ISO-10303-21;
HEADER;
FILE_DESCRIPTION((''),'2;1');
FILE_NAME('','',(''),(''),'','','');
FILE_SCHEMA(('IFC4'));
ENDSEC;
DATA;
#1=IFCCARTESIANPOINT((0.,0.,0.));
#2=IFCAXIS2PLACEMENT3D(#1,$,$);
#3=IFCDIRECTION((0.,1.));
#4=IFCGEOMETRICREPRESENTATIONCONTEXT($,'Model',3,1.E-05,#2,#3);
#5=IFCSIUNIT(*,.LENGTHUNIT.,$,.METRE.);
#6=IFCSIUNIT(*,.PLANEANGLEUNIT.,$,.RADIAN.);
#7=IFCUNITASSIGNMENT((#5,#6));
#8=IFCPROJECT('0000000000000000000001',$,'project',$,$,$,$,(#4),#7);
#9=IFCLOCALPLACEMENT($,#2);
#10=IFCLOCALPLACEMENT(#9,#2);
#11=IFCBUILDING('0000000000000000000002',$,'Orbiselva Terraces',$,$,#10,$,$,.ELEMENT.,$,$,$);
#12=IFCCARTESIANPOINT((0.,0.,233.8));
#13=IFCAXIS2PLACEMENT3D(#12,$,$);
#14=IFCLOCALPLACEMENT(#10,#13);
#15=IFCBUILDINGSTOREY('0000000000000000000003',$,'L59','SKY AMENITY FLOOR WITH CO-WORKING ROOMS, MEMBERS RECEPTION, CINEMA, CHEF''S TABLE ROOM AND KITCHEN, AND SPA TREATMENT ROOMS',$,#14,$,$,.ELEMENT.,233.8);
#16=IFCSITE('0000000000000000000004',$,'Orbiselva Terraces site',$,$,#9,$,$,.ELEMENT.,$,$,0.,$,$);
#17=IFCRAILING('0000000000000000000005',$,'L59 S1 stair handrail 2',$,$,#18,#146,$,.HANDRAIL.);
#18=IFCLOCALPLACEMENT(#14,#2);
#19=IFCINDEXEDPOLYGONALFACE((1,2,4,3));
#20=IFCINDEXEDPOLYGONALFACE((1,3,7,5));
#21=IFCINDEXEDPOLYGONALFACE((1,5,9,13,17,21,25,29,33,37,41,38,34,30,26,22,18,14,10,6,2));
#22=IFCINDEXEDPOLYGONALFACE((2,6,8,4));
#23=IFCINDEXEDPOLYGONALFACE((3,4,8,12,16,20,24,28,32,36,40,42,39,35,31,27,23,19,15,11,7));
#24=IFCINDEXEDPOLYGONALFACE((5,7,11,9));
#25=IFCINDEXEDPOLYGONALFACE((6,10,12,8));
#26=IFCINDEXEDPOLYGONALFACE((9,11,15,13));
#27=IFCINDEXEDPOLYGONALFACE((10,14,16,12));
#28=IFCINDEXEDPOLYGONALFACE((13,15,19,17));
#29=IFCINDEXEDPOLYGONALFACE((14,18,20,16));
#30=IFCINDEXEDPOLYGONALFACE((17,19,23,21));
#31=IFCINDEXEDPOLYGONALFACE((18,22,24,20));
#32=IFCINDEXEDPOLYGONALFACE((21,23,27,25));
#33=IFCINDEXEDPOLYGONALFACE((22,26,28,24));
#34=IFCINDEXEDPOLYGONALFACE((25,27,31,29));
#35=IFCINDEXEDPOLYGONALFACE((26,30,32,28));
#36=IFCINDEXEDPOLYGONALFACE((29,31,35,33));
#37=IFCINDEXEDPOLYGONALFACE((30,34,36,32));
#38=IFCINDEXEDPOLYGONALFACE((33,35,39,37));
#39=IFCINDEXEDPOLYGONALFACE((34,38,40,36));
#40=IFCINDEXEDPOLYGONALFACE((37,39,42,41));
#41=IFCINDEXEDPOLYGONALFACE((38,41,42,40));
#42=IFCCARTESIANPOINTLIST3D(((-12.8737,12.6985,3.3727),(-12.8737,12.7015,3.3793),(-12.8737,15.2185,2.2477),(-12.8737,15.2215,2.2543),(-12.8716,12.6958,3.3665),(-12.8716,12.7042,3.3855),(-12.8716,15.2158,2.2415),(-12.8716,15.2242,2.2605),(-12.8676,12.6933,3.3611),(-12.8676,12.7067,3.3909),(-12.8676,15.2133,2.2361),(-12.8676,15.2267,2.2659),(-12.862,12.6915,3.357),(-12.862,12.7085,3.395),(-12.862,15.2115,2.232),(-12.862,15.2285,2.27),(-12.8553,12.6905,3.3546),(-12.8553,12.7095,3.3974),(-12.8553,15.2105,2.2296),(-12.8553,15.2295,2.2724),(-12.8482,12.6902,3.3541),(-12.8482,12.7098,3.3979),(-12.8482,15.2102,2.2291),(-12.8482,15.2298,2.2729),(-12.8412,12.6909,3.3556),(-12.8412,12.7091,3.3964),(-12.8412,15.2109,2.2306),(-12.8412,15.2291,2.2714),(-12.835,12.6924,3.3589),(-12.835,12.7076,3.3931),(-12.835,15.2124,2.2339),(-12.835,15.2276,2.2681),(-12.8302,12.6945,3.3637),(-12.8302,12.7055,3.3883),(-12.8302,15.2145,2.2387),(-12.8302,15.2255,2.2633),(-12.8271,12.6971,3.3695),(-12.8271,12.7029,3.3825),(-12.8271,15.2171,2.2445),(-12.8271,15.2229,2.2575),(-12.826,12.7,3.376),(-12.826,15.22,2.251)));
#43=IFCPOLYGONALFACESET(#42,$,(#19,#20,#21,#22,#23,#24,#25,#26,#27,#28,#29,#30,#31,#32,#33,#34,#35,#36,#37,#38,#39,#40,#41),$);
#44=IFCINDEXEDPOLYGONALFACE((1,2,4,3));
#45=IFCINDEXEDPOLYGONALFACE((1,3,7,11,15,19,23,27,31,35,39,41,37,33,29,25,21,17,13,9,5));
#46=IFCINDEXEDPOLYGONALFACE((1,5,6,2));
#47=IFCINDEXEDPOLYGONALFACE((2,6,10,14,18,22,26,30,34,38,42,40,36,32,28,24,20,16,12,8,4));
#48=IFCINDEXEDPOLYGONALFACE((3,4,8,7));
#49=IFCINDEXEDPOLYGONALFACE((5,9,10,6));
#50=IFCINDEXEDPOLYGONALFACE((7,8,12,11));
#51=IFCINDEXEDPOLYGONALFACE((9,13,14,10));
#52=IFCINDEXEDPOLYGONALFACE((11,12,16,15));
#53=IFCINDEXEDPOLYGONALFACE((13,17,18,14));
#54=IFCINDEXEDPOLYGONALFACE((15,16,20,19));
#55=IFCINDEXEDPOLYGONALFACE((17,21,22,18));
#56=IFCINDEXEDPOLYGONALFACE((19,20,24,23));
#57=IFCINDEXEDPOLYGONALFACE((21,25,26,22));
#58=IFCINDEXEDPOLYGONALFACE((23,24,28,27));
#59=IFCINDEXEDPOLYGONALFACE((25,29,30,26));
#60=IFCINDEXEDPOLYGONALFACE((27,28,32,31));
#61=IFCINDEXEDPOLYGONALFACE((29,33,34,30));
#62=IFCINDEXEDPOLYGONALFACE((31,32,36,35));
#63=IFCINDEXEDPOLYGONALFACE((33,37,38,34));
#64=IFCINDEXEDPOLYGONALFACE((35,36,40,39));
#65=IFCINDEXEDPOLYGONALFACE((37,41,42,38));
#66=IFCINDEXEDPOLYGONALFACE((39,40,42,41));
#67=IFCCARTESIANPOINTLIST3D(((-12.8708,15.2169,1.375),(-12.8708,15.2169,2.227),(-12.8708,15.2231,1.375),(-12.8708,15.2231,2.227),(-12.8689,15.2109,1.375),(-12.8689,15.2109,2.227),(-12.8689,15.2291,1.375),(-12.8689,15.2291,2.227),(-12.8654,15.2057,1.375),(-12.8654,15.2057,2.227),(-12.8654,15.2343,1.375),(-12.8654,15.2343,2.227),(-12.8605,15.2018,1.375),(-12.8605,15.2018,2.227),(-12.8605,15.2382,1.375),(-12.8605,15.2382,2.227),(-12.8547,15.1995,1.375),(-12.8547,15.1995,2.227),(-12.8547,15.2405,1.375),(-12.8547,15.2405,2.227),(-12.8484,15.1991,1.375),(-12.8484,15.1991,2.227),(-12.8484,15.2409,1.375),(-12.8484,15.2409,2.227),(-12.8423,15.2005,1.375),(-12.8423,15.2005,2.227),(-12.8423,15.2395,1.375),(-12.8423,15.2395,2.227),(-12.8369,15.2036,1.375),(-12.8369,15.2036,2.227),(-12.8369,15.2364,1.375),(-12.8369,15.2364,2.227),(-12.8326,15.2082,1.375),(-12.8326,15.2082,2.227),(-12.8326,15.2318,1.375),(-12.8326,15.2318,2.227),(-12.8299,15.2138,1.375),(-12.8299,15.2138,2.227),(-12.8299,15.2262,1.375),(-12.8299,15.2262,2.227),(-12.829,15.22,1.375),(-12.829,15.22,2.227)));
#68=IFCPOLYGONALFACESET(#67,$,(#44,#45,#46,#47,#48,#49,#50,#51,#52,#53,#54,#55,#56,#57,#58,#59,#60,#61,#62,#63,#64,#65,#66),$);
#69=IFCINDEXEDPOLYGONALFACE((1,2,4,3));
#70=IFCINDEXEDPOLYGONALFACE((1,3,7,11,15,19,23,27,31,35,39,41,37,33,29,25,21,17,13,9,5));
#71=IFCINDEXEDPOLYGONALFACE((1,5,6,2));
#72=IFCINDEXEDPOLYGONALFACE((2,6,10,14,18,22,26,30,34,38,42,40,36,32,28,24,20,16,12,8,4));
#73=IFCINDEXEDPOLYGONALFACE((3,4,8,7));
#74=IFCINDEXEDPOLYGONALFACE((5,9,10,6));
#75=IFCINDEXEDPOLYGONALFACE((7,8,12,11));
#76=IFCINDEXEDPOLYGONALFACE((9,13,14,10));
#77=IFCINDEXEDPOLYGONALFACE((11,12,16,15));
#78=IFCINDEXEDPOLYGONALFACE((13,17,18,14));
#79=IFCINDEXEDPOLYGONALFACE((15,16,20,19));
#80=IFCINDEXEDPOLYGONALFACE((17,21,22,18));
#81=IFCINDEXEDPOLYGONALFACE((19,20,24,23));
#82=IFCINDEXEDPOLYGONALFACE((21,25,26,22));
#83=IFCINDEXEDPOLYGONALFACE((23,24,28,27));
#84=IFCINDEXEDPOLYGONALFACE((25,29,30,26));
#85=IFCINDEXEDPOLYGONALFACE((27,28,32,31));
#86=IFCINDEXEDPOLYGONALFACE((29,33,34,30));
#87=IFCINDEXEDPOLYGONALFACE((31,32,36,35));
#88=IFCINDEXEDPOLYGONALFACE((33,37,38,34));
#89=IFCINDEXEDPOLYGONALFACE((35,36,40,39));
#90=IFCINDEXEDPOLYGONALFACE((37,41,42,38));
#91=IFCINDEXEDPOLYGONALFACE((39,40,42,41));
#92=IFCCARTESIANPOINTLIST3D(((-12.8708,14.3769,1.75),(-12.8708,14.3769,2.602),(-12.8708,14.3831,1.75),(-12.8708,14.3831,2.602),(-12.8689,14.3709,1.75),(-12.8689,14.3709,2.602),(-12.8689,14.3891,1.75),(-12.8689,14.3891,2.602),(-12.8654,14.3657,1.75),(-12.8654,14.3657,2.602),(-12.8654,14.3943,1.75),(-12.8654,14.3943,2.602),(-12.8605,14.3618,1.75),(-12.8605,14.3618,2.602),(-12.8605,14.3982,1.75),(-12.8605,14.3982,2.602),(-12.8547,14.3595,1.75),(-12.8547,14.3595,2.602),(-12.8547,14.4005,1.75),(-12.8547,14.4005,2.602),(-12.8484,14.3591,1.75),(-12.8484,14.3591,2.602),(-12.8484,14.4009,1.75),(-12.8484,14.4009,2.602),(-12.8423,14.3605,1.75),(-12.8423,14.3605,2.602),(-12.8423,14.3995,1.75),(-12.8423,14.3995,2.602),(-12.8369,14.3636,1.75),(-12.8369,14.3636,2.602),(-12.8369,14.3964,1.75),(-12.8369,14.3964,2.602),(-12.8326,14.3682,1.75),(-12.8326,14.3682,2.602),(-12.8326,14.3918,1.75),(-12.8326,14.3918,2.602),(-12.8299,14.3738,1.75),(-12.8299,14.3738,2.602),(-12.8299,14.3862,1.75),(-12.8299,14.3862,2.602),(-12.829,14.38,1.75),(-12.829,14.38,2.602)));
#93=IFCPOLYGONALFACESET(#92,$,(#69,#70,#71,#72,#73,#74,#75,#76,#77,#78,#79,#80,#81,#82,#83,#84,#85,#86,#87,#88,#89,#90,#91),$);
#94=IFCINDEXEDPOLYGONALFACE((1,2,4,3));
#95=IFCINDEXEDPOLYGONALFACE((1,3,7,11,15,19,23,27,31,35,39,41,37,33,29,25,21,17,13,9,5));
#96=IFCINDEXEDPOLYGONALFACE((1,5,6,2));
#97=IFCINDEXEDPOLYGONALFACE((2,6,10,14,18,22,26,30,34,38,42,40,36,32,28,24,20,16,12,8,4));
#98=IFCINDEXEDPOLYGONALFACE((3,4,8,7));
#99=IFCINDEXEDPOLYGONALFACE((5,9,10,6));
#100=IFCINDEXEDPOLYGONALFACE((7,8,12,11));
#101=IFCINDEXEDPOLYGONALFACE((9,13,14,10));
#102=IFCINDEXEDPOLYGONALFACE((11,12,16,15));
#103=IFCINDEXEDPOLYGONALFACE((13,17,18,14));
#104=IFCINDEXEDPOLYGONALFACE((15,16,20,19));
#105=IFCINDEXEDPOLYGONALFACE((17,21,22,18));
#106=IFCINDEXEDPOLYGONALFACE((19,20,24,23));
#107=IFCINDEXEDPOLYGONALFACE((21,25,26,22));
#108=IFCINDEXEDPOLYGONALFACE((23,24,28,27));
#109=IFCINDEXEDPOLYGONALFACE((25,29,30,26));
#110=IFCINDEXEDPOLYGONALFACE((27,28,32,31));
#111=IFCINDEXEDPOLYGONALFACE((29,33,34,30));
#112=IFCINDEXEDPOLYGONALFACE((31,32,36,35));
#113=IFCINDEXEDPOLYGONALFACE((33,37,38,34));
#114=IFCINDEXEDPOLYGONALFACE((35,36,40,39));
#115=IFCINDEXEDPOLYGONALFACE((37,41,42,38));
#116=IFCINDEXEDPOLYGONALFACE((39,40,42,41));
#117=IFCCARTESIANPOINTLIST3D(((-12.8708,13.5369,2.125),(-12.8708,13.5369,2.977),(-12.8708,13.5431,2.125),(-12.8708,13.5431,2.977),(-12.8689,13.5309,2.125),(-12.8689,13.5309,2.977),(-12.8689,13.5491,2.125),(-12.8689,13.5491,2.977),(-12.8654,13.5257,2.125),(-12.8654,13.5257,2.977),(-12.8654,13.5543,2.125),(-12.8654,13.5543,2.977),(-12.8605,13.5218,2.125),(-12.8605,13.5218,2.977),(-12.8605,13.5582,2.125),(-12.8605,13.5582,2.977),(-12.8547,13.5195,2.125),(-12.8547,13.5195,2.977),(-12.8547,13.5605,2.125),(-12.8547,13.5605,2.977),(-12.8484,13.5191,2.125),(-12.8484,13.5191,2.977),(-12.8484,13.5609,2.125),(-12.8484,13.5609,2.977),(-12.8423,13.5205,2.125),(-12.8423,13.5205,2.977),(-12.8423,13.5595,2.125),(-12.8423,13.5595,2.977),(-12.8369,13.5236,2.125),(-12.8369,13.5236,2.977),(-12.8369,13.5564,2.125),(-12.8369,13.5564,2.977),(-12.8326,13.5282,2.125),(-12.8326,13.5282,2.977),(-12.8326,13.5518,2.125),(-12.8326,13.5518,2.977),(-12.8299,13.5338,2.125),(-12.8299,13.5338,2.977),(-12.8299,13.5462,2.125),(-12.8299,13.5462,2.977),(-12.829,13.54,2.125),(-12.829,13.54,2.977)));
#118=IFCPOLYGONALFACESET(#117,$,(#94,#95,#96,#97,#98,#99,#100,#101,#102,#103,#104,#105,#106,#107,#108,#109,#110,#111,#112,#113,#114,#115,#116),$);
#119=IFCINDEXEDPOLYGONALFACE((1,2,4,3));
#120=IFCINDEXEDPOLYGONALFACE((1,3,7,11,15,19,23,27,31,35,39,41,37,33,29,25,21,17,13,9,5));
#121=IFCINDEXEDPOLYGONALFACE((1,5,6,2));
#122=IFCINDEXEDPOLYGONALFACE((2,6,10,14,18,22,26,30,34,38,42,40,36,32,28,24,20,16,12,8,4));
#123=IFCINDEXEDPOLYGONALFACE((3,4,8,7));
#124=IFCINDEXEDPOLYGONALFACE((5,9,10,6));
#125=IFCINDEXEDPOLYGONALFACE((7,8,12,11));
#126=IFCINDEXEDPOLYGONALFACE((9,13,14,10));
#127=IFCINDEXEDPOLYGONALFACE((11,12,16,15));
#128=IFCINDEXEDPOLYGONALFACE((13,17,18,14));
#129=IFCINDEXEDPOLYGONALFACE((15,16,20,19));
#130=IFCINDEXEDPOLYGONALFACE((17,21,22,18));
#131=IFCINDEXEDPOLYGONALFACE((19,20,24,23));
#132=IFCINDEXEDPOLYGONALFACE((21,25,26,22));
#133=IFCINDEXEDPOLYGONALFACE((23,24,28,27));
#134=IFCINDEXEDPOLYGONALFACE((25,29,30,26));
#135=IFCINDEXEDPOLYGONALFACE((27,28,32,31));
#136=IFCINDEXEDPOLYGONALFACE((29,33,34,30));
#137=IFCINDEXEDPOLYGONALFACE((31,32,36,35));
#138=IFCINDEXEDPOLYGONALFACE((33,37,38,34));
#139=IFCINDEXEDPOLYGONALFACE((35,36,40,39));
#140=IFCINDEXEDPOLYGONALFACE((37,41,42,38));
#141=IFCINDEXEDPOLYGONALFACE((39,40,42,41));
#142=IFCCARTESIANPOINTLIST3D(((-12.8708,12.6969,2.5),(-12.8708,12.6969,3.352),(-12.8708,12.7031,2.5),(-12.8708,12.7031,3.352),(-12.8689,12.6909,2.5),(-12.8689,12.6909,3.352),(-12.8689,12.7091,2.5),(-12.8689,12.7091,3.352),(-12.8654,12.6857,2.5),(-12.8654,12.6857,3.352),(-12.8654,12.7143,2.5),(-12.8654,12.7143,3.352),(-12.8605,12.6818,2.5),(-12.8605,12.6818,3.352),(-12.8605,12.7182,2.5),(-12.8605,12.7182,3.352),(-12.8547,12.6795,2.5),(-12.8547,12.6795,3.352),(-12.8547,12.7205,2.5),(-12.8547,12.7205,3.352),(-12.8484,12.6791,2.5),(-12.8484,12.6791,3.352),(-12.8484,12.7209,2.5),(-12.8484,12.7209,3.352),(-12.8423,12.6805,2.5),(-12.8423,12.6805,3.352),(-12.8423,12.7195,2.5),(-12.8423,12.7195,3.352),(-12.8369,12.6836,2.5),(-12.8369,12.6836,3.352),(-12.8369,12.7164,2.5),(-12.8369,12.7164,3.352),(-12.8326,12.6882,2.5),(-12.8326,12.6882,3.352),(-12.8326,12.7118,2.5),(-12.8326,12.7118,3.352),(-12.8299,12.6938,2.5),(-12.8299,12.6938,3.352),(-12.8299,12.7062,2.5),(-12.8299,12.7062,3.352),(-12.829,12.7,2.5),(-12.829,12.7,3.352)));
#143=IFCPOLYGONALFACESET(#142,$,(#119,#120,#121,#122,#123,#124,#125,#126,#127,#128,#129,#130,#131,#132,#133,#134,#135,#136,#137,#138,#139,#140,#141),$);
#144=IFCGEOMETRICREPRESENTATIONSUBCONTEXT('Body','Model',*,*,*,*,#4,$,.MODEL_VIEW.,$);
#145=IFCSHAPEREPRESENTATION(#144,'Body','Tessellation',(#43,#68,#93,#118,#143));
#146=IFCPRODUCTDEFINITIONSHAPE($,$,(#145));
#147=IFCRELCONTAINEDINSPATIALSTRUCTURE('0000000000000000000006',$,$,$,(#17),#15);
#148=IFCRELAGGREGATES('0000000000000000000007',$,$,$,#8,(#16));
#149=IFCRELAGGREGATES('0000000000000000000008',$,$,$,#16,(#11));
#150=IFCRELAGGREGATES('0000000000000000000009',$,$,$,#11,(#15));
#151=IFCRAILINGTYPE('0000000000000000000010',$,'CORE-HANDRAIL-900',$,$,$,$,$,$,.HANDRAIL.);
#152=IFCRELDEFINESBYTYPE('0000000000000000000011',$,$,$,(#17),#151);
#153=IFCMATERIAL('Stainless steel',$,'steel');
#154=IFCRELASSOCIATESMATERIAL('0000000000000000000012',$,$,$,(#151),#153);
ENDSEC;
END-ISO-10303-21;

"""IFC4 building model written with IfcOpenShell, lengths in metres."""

from ifc_helpers import new_model, si_unit, direction, frame, origin, origin_2d, place, context, subcontext, project, spatial, circle, extrude, material, type_object, element, save


model = new_model("IFC4")

# Units and contexts
model_context = context("Model", 3, precision=1e-05, world=origin(), true_north=direction((0.0, 1.0)))
body_context = subcontext(model_context, "Body", "Model", "MODEL_VIEW")
ifc_project = project(units=[si_unit("LENGTHUNIT", "METRE"), si_unit("PLANEANGLEUNIT", "RADIAN")], contexts=[model_context])

# Site, building, storey
site_placement = place(None, origin())
site = spatial("IfcSite", under=ifc_project, at=site_placement, Name="Orbiselva Terraces site", CompositionType="ELEMENT", RefElevation=0.0)
building_placement = place(site_placement, origin())
building = spatial("IfcBuilding", under=site, at=building_placement, Name="Orbiselva Terraces", CompositionType="ELEMENT")
storey_placement = place(building_placement, frame((0.0, 0.0, 233.8)))
storey = spatial("IfcBuildingStorey", under=building, at=storey_placement, Name="L59", Description="SKY AMENITY FLOOR WITH CO-WORKING ROOMS, MEMBERS RECEPTION, CINEMA, CHEF'S TABLE ROOM AND KITCHEN, AND SPA TREATMENT ROOMS", CompositionType="ELEMENT", Elevation=233.8)

# Railing
ifc_material_1 = material(Name="Stainless steel", Category="steel")
railing_type = type_object("IfcRailingType", Name="CORE-HANDRAIL-900", PredefinedType="HANDRAIL", material=ifc_material_1)
railing_1_placement = place(storey_placement, frame((-12.85, 15.22, 1.375)))
element("IfcRailing", 1, at=railing_1_placement, inside=storey, type_object=railing_type, Name="L59 S1 stair handrail 2", PredefinedType="HANDRAIL", context=body_context, shape_type="SweptSolid", body=[
    extrude(circle(Radius=0.024, at=origin_2d()), frame((0.0, 0.0, 0.876), z_axis=(0.0, -0.913138, 0.407651), x_axis=(1.0, 0.0, 0.0)), (0.0, 0.0, 1.0), 2.7597),
    extrude(circle(Radius=0.021, at=origin_2d()), origin(), (0.0, 0.0, 1.0), 0.852),
    extrude(circle(Radius=0.021, at=origin_2d()), frame((0.0, -0.84, 0.375)), (0.0, 0.0, 1.0), 0.852),
    extrude(circle(Radius=0.021, at=origin_2d()), frame((0.0, -1.68, 0.75)), (0.0, 0.0, 1.0), 0.852),
    extrude(circle(Radius=0.021, at=origin_2d()), frame((0.0, -2.52, 1.125)), (0.0, 0.0, 1.0), 0.852),
])

save(model, "model.ifc")
